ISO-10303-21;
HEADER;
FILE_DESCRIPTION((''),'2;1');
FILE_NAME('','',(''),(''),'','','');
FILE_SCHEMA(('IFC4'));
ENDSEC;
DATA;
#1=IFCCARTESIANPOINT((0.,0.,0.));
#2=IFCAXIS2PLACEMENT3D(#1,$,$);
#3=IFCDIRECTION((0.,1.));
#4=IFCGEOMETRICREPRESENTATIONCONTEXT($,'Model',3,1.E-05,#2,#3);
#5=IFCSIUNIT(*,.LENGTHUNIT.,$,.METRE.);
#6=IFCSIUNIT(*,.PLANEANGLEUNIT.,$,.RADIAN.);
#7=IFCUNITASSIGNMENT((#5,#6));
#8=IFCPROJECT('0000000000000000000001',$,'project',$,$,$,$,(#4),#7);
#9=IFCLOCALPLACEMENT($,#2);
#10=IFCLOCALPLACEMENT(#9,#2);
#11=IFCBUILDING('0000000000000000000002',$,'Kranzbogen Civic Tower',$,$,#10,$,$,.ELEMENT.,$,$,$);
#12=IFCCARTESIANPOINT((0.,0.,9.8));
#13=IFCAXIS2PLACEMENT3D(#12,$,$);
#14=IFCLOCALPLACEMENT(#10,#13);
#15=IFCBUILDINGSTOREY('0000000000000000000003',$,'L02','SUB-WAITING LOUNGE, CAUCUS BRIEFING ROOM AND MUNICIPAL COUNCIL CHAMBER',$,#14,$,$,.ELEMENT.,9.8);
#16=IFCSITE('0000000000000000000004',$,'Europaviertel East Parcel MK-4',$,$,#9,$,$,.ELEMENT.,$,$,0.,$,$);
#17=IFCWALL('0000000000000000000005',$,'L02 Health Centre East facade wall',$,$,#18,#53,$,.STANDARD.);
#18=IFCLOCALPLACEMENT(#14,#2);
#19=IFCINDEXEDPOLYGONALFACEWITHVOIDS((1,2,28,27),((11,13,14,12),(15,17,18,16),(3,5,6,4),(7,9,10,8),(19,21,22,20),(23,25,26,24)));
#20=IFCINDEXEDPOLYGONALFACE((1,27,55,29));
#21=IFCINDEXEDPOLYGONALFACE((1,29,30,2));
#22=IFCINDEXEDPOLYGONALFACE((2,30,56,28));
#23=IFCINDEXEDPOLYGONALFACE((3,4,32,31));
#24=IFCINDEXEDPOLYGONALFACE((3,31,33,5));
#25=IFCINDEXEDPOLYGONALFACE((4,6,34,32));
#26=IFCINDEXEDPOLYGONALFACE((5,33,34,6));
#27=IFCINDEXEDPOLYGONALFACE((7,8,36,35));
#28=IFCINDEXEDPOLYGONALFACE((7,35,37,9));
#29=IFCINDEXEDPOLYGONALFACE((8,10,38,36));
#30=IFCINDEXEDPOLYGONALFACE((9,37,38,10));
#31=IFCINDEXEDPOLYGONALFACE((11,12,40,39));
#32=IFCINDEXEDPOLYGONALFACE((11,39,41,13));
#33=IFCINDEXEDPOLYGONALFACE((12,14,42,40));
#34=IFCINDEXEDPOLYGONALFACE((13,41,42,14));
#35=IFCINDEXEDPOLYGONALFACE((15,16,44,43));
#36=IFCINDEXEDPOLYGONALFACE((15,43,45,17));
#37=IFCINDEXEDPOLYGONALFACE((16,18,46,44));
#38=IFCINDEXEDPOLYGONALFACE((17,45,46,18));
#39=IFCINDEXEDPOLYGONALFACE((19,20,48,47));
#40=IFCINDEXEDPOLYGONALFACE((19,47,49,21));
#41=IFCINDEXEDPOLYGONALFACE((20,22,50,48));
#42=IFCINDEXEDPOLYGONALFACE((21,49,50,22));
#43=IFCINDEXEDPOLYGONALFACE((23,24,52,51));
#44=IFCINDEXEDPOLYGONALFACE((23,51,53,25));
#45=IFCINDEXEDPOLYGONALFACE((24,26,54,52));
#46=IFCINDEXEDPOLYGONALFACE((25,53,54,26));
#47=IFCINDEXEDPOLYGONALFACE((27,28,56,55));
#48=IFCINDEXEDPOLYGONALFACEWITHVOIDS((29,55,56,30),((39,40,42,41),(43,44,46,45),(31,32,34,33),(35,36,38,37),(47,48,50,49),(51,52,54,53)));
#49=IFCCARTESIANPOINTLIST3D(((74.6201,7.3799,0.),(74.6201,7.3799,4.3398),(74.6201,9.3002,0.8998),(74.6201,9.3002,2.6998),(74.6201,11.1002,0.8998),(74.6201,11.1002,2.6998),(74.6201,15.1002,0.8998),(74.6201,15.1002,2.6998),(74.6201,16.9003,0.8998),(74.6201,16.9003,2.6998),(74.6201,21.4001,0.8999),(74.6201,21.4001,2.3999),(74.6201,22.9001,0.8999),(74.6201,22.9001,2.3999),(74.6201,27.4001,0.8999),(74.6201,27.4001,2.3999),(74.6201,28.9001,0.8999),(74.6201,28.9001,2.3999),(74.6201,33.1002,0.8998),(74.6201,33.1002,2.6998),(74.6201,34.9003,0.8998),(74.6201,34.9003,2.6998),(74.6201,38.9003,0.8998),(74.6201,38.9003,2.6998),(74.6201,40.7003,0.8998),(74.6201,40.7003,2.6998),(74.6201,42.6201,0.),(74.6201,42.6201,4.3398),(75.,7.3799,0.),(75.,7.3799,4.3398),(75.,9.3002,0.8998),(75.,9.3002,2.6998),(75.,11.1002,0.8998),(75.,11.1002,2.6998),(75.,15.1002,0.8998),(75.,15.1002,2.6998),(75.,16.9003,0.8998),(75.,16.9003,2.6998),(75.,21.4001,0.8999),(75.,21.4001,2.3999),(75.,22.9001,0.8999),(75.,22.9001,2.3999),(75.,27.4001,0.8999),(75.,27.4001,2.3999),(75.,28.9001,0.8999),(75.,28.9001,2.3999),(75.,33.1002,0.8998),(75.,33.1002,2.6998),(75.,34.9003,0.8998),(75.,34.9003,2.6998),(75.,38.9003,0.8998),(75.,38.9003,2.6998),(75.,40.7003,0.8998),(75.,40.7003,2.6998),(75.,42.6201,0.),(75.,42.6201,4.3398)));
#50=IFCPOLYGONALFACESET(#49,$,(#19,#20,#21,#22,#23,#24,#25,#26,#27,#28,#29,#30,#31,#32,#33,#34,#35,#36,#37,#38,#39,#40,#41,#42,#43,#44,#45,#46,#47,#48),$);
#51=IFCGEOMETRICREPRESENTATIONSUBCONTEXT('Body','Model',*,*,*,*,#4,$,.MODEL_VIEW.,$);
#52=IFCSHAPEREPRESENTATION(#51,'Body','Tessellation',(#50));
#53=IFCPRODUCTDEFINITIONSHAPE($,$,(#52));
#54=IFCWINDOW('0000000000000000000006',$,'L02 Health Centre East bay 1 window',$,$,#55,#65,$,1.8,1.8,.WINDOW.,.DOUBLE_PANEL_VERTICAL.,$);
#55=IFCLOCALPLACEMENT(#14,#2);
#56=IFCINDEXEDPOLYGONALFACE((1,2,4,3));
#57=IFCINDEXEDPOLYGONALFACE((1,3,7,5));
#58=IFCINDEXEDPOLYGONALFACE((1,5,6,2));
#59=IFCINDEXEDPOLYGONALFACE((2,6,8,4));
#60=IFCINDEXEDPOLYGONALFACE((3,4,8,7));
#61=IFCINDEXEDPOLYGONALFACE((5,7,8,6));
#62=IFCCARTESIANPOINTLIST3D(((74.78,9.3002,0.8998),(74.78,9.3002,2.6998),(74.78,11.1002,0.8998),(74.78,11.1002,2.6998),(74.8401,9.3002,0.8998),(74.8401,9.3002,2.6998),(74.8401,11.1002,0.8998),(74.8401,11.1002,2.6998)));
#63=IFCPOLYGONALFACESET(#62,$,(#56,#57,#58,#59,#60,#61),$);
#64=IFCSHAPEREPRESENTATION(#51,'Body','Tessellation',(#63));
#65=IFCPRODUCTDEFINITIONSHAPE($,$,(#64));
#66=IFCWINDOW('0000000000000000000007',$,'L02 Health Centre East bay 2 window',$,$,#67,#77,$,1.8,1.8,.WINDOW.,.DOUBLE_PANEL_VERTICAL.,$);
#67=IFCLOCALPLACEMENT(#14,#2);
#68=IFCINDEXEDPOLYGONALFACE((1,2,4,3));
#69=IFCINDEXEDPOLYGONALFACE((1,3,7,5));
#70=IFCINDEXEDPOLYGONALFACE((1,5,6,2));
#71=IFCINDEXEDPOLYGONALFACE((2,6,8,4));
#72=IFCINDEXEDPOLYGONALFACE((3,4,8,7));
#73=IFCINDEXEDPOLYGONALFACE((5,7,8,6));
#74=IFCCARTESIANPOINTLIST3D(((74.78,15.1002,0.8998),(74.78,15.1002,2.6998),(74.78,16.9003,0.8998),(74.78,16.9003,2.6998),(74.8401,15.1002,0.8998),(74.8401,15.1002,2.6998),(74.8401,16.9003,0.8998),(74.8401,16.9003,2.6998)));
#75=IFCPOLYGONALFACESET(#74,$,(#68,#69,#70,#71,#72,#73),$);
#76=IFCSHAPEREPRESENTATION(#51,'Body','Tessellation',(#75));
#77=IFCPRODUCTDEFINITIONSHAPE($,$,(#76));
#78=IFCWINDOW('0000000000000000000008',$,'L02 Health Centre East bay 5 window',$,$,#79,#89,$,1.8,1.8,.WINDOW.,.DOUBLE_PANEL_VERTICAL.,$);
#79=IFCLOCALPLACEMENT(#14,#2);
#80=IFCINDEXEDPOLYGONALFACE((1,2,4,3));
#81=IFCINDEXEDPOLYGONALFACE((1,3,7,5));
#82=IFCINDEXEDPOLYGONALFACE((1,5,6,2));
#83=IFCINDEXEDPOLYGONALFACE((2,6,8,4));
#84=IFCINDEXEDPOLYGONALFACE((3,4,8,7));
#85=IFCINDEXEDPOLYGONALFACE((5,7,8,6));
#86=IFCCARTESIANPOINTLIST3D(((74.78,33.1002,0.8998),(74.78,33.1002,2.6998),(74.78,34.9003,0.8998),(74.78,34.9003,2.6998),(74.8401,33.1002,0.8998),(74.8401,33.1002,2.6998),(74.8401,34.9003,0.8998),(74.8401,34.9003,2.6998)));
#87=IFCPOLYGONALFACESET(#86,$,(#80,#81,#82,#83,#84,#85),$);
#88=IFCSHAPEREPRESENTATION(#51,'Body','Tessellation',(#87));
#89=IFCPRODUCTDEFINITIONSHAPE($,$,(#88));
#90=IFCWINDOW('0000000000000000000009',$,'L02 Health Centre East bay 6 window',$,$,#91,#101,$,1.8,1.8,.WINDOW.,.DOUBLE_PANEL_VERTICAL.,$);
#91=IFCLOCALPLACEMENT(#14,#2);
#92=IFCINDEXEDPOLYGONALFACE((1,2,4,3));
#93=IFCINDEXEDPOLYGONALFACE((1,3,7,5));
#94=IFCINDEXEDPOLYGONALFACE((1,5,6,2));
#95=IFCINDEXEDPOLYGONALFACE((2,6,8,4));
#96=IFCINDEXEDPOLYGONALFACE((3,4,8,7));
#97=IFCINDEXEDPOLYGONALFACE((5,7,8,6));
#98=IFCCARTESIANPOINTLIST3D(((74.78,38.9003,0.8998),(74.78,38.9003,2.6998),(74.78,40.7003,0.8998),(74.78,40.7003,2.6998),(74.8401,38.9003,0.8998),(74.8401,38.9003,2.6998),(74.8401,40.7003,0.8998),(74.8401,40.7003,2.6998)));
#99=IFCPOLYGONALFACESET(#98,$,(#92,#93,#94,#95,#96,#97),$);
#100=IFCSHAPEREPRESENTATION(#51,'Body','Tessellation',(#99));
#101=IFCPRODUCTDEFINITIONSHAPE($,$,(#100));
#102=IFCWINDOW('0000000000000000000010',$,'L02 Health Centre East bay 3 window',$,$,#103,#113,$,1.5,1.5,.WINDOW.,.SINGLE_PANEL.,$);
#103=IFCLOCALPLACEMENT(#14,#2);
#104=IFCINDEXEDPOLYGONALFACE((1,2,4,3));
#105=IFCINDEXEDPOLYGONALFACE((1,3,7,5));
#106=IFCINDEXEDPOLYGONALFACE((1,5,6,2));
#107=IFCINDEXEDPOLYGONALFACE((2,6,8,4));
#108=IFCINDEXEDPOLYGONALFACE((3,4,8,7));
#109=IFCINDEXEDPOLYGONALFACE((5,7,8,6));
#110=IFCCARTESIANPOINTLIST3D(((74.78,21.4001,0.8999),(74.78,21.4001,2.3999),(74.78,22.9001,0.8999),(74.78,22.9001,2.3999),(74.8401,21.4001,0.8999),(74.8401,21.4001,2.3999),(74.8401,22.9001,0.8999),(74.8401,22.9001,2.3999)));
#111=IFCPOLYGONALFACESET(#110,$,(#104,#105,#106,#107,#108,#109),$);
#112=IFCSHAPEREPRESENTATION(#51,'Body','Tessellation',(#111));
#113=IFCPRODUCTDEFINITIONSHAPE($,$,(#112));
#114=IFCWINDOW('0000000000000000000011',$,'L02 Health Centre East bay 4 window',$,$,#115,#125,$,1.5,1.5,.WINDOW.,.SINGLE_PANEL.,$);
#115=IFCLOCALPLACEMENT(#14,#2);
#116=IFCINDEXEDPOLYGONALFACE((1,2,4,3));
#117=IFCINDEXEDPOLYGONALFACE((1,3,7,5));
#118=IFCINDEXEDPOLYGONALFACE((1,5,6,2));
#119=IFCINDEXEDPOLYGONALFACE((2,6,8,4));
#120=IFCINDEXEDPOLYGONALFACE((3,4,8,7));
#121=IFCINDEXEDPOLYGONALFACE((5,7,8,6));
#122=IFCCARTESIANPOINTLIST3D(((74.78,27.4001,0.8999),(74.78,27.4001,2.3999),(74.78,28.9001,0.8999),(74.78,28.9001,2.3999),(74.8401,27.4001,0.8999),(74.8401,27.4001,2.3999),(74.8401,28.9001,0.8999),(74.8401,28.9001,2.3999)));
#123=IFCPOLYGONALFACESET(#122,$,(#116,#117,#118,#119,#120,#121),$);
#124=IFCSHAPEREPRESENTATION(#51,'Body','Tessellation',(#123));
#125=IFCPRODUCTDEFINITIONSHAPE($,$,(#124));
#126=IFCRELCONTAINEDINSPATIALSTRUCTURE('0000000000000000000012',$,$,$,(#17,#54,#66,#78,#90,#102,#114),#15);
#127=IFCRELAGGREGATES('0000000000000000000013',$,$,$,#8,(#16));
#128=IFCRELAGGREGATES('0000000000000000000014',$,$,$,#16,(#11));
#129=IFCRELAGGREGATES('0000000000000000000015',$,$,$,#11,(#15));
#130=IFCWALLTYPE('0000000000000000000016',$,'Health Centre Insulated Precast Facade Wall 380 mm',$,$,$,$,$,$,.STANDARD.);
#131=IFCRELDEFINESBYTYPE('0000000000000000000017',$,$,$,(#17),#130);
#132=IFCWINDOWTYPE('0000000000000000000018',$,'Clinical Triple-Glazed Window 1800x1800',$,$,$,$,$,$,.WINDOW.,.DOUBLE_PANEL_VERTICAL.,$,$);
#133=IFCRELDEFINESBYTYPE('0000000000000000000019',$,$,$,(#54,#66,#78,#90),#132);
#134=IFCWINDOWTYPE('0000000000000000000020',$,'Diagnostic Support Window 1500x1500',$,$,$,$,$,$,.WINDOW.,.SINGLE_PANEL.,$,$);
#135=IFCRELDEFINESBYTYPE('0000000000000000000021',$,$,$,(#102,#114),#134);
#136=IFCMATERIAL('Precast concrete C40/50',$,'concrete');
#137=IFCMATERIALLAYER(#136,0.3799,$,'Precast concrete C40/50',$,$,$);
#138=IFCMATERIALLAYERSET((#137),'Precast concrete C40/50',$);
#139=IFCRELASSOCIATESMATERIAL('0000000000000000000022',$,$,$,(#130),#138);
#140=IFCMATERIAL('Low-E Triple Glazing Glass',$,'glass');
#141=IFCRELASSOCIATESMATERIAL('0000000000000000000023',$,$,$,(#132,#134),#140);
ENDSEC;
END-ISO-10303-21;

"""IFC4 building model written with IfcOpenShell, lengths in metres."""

from ifc_helpers import new_model, si_unit, direction, frame, frame_2d, origin, place, context, subcontext, project, spatial, rectangle, extrude, material, layer, layer_set, type_object, element, fill, save


model = new_model("IFC4")

# Units and contexts
model_context = context("Model", 3, precision=1e-05, world=origin(), true_north=direction((0.0, 1.0)))
body_context = subcontext(model_context, "Body", "Model", "MODEL_VIEW")
ifc_project = project(units=[si_unit("LENGTHUNIT", "METRE"), si_unit("PLANEANGLEUNIT", "RADIAN")], contexts=[model_context])

# Site, building, storey
site_placement = place(None, origin())
site = spatial("IfcSite", under=ifc_project, at=site_placement, Name="Europaviertel East Parcel MK-4", CompositionType="ELEMENT", RefElevation=0.0)
building_placement = place(site_placement, origin())
building = spatial("IfcBuilding", under=site, at=building_placement, Name="Kranzbogen Civic Tower", CompositionType="ELEMENT")
storey_placement = place(building_placement, frame((0.0, 0.0, 9.8)))
storey = spatial("IfcBuildingStorey", under=building, at=storey_placement, Name="L02", Description="SUB-WAITING LOUNGE, CAUCUS BRIEFING ROOM AND MUNICIPAL COUNCIL CHAMBER", CompositionType="ELEMENT", Elevation=9.8)

# Wall, openings, windows
ifc_material_1 = material(Name="Precast concrete C40/50", Category="concrete")
ifc_layer_1 = layer(ifc_material_1, 0.3799, Name="Precast concrete C40/50")
ifc_layer_set_1 = layer_set([ifc_layer_1], Name="Precast concrete C40/50")
wall_type_1 = type_object("IfcWallType", Name="Health Centre Insulated Precast Facade Wall 380 mm", PredefinedType="STANDARD", material=ifc_layer_set_1)
wall_1_placement = place(storey_placement, frame((74.8101, 42.6201, 0.0), z_axis=(0.0, 0.0, 1.0), x_axis=(0.0, -1.0, 0.0)))
wall_1 = element("IfcWall", 1, at=wall_1_placement, inside=storey, type_object=wall_type_1, Name="L02 Health Centre East facade wall", PredefinedType="STANDARD", context=body_context, shape_type="SweptSolid", body=[
    extrude(rectangle(XDim=35.2402, YDim=0.3799, at=frame_2d((17.6201, 0.0))), origin(), (0.0, 0.0, 1.0), 4.3398),
])
opening_1_placement = place(wall_1_placement, frame((31.52, 0.0, 0.8999)))
opening_1 = element("IfcOpeningElement", 2, at=opening_1_placement, cuts=wall_1, PredefinedType="OPENING", context=body_context, shape_type="SweptSolid", body=[
    extrude(rectangle(XDim=1.8, YDim=1.8, at=frame_2d((0.8999, 0.8999))), frame((0.0, 0.2, 0.0), z_axis=(0.0, -1.0, 0.0), x_axis=(1.0, 0.0, 0.0)), (0.0, 0.0, 1.0), 0.3999),
])
opening_2_placement = place(wall_1_placement, frame((25.72, 0.0, 0.8999)))
opening_2 = element("IfcOpeningElement", 3, at=opening_2_placement, cuts=wall_1, PredefinedType="OPENING", context=body_context, shape_type="SweptSolid", body=[
    extrude(rectangle(XDim=1.8, YDim=1.8, at=frame_2d((0.8999, 0.8999))), frame((0.0, 0.2, 0.0), z_axis=(0.0, -1.0, 0.0), x_axis=(1.0, 0.0, 0.0)), (0.0, 0.0, 1.0), 0.3999),
])
opening_3_placement = place(wall_1_placement, frame((19.72, 0.0, 0.8999)))
opening_3 = element("IfcOpeningElement", 4, at=opening_3_placement, cuts=wall_1, PredefinedType="OPENING", context=body_context, shape_type="SweptSolid", body=[
    extrude(rectangle(XDim=1.5, YDim=1.5, at=frame_2d((0.75, 0.75))), frame((0.0, 0.2, 0.0), z_axis=(0.0, -1.0, 0.0), x_axis=(1.0, 0.0, 0.0)), (0.0, 0.0, 1.0), 0.3999),
])
opening_4_placement = place(wall_1_placement, frame((13.72, 0.0, 0.8999)))
opening_4 = element("IfcOpeningElement", 5, at=opening_4_placement, cuts=wall_1, PredefinedType="OPENING", context=body_context, shape_type="SweptSolid", body=[
    extrude(rectangle(XDim=1.5, YDim=1.5, at=frame_2d((0.75, 0.75))), frame((0.0, 0.2, 0.0), z_axis=(0.0, -1.0, 0.0), x_axis=(1.0, 0.0, 0.0)), (0.0, 0.0, 1.0), 0.3999),
])
opening_5_placement = place(wall_1_placement, frame((7.72, 0.0, 0.8999)))
opening_5 = element("IfcOpeningElement", 6, at=opening_5_placement, cuts=wall_1, PredefinedType="OPENING", context=body_context, shape_type="SweptSolid", body=[
    extrude(rectangle(XDim=1.8, YDim=1.8, at=frame_2d((0.8999, 0.8999))), frame((0.0, 0.2, 0.0), z_axis=(0.0, -1.0, 0.0), x_axis=(1.0, 0.0, 0.0)), (0.0, 0.0, 1.0), 0.3999),
])
opening_6_placement = place(wall_1_placement, frame((1.9199, 0.0, 0.8999)))
opening_6 = element("IfcOpeningElement", 7, at=opening_6_placement, cuts=wall_1, PredefinedType="OPENING", context=body_context, shape_type="SweptSolid", body=[
    extrude(rectangle(XDim=1.8, YDim=1.8, at=frame_2d((0.8999, 0.8999))), frame((0.0, 0.2, 0.0), z_axis=(0.0, -1.0, 0.0), x_axis=(1.0, 0.0, 0.0)), (0.0, 0.0, 1.0), 0.3999),
])
ifc_material_2 = material(Name="Low-E Triple Glazing Glass", Category="glass")
window_type_1 = type_object("IfcWindowType", Name="Clinical Triple-Glazed Window 1800x1800", PartitioningType="DOUBLE_PANEL_VERTICAL", PredefinedType="WINDOW", material=ifc_material_2)
window_1_placement = place(opening_1_placement, origin())
window_1 = element("IfcWindow", 8, at=window_1_placement, inside=storey, type_object=window_type_1, Name="L02 Health Centre East bay 1 window", OverallHeight=1.8, OverallWidth=1.8, PartitioningType="DOUBLE_PANEL_VERTICAL", PredefinedType="WINDOW", context=body_context, shape_type="SweptSolid", body=[
    extrude(rectangle(XDim=1.8, YDim=1.8, at=frame_2d((0.8999, 0.8999))), frame((0.0, 0.03, 0.0), z_axis=(0.0, -1.0, 0.0), x_axis=(1.0, 0.0, 0.0)), (0.0, 0.0, 1.0), 0.0601),
])
fill(opening_1, window_1)
window_2_placement = place(opening_2_placement, origin())
window_2 = element("IfcWindow", 9, at=window_2_placement, inside=storey, type_object=window_type_1, Name="L02 Health Centre East bay 2 window", OverallHeight=1.8, OverallWidth=1.8, PartitioningType="DOUBLE_PANEL_VERTICAL", PredefinedType="WINDOW", context=body_context, shape_type="SweptSolid", body=[
    extrude(rectangle(XDim=1.8, YDim=1.8, at=frame_2d((0.8999, 0.8999))), frame((0.0, 0.03, 0.0), z_axis=(0.0, -1.0, 0.0), x_axis=(1.0, 0.0, 0.0)), (0.0, 0.0, 1.0), 0.0601),
])
fill(opening_2, window_2)
window_3_placement = place(opening_5_placement, origin())
window_3 = element("IfcWindow", 10, at=window_3_placement, inside=storey, type_object=window_type_1, Name="L02 Health Centre East bay 5 window", OverallHeight=1.8, OverallWidth=1.8, PartitioningType="DOUBLE_PANEL_VERTICAL", PredefinedType="WINDOW", context=body_context, shape_type="SweptSolid", body=[
    extrude(rectangle(XDim=1.8, YDim=1.8, at=frame_2d((0.8999, 0.8999))), frame((0.0, 0.03, 0.0), z_axis=(0.0, -1.0, 0.0), x_axis=(1.0, 0.0, 0.0)), (0.0, 0.0, 1.0), 0.0601),
])
fill(opening_5, window_3)
window_4_placement = place(opening_6_placement, origin())
window_4 = element("IfcWindow", 11, at=window_4_placement, inside=storey, type_object=window_type_1, Name="L02 Health Centre East bay 6 window", OverallHeight=1.8, OverallWidth=1.8, PartitioningType="DOUBLE_PANEL_VERTICAL", PredefinedType="WINDOW", context=body_context, shape_type="SweptSolid", body=[
    extrude(rectangle(XDim=1.8, YDim=1.8, at=frame_2d((0.8999, 0.8999))), frame((0.0, 0.03, 0.0), z_axis=(0.0, -1.0, 0.0), x_axis=(1.0, 0.0, 0.0)), (0.0, 0.0, 1.0), 0.0601),
])
fill(opening_6, window_4)
window_type_2 = type_object("IfcWindowType", Name="Diagnostic Support Window 1500x1500", PartitioningType="SINGLE_PANEL", PredefinedType="WINDOW", material=ifc_material_2)
window_5_placement = place(opening_3_placement, origin())
window_5 = element("IfcWindow", 12, at=window_5_placement, inside=storey, type_object=window_type_2, Name="L02 Health Centre East bay 3 window", OverallHeight=1.5, OverallWidth=1.5, PartitioningType="SINGLE_PANEL", PredefinedType="WINDOW", context=body_context, shape_type="SweptSolid", body=[
    extrude(rectangle(XDim=1.5, YDim=1.5, at=frame_2d((0.75, 0.75))), frame((0.0, 0.03, 0.0), z_axis=(0.0, -1.0, 0.0), x_axis=(1.0, 0.0, 0.0)), (0.0, 0.0, 1.0), 0.0601),
])
fill(opening_3, window_5)
window_6_placement = place(opening_4_placement, origin())
window_6 = element("IfcWindow", 13, at=window_6_placement, inside=storey, type_object=window_type_2, Name="L02 Health Centre East bay 4 window", OverallHeight=1.5, OverallWidth=1.5, PartitioningType="SINGLE_PANEL", PredefinedType="WINDOW", context=body_context, shape_type="SweptSolid", body=[
    extrude(rectangle(XDim=1.5, YDim=1.5, at=frame_2d((0.75, 0.75))), frame((0.0, 0.03, 0.0), z_axis=(0.0, -1.0, 0.0), x_axis=(1.0, 0.0, 0.0)), (0.0, 0.0, 1.0), 0.0601),
])
fill(opening_4, window_6)

save(model, "model.ifc")
